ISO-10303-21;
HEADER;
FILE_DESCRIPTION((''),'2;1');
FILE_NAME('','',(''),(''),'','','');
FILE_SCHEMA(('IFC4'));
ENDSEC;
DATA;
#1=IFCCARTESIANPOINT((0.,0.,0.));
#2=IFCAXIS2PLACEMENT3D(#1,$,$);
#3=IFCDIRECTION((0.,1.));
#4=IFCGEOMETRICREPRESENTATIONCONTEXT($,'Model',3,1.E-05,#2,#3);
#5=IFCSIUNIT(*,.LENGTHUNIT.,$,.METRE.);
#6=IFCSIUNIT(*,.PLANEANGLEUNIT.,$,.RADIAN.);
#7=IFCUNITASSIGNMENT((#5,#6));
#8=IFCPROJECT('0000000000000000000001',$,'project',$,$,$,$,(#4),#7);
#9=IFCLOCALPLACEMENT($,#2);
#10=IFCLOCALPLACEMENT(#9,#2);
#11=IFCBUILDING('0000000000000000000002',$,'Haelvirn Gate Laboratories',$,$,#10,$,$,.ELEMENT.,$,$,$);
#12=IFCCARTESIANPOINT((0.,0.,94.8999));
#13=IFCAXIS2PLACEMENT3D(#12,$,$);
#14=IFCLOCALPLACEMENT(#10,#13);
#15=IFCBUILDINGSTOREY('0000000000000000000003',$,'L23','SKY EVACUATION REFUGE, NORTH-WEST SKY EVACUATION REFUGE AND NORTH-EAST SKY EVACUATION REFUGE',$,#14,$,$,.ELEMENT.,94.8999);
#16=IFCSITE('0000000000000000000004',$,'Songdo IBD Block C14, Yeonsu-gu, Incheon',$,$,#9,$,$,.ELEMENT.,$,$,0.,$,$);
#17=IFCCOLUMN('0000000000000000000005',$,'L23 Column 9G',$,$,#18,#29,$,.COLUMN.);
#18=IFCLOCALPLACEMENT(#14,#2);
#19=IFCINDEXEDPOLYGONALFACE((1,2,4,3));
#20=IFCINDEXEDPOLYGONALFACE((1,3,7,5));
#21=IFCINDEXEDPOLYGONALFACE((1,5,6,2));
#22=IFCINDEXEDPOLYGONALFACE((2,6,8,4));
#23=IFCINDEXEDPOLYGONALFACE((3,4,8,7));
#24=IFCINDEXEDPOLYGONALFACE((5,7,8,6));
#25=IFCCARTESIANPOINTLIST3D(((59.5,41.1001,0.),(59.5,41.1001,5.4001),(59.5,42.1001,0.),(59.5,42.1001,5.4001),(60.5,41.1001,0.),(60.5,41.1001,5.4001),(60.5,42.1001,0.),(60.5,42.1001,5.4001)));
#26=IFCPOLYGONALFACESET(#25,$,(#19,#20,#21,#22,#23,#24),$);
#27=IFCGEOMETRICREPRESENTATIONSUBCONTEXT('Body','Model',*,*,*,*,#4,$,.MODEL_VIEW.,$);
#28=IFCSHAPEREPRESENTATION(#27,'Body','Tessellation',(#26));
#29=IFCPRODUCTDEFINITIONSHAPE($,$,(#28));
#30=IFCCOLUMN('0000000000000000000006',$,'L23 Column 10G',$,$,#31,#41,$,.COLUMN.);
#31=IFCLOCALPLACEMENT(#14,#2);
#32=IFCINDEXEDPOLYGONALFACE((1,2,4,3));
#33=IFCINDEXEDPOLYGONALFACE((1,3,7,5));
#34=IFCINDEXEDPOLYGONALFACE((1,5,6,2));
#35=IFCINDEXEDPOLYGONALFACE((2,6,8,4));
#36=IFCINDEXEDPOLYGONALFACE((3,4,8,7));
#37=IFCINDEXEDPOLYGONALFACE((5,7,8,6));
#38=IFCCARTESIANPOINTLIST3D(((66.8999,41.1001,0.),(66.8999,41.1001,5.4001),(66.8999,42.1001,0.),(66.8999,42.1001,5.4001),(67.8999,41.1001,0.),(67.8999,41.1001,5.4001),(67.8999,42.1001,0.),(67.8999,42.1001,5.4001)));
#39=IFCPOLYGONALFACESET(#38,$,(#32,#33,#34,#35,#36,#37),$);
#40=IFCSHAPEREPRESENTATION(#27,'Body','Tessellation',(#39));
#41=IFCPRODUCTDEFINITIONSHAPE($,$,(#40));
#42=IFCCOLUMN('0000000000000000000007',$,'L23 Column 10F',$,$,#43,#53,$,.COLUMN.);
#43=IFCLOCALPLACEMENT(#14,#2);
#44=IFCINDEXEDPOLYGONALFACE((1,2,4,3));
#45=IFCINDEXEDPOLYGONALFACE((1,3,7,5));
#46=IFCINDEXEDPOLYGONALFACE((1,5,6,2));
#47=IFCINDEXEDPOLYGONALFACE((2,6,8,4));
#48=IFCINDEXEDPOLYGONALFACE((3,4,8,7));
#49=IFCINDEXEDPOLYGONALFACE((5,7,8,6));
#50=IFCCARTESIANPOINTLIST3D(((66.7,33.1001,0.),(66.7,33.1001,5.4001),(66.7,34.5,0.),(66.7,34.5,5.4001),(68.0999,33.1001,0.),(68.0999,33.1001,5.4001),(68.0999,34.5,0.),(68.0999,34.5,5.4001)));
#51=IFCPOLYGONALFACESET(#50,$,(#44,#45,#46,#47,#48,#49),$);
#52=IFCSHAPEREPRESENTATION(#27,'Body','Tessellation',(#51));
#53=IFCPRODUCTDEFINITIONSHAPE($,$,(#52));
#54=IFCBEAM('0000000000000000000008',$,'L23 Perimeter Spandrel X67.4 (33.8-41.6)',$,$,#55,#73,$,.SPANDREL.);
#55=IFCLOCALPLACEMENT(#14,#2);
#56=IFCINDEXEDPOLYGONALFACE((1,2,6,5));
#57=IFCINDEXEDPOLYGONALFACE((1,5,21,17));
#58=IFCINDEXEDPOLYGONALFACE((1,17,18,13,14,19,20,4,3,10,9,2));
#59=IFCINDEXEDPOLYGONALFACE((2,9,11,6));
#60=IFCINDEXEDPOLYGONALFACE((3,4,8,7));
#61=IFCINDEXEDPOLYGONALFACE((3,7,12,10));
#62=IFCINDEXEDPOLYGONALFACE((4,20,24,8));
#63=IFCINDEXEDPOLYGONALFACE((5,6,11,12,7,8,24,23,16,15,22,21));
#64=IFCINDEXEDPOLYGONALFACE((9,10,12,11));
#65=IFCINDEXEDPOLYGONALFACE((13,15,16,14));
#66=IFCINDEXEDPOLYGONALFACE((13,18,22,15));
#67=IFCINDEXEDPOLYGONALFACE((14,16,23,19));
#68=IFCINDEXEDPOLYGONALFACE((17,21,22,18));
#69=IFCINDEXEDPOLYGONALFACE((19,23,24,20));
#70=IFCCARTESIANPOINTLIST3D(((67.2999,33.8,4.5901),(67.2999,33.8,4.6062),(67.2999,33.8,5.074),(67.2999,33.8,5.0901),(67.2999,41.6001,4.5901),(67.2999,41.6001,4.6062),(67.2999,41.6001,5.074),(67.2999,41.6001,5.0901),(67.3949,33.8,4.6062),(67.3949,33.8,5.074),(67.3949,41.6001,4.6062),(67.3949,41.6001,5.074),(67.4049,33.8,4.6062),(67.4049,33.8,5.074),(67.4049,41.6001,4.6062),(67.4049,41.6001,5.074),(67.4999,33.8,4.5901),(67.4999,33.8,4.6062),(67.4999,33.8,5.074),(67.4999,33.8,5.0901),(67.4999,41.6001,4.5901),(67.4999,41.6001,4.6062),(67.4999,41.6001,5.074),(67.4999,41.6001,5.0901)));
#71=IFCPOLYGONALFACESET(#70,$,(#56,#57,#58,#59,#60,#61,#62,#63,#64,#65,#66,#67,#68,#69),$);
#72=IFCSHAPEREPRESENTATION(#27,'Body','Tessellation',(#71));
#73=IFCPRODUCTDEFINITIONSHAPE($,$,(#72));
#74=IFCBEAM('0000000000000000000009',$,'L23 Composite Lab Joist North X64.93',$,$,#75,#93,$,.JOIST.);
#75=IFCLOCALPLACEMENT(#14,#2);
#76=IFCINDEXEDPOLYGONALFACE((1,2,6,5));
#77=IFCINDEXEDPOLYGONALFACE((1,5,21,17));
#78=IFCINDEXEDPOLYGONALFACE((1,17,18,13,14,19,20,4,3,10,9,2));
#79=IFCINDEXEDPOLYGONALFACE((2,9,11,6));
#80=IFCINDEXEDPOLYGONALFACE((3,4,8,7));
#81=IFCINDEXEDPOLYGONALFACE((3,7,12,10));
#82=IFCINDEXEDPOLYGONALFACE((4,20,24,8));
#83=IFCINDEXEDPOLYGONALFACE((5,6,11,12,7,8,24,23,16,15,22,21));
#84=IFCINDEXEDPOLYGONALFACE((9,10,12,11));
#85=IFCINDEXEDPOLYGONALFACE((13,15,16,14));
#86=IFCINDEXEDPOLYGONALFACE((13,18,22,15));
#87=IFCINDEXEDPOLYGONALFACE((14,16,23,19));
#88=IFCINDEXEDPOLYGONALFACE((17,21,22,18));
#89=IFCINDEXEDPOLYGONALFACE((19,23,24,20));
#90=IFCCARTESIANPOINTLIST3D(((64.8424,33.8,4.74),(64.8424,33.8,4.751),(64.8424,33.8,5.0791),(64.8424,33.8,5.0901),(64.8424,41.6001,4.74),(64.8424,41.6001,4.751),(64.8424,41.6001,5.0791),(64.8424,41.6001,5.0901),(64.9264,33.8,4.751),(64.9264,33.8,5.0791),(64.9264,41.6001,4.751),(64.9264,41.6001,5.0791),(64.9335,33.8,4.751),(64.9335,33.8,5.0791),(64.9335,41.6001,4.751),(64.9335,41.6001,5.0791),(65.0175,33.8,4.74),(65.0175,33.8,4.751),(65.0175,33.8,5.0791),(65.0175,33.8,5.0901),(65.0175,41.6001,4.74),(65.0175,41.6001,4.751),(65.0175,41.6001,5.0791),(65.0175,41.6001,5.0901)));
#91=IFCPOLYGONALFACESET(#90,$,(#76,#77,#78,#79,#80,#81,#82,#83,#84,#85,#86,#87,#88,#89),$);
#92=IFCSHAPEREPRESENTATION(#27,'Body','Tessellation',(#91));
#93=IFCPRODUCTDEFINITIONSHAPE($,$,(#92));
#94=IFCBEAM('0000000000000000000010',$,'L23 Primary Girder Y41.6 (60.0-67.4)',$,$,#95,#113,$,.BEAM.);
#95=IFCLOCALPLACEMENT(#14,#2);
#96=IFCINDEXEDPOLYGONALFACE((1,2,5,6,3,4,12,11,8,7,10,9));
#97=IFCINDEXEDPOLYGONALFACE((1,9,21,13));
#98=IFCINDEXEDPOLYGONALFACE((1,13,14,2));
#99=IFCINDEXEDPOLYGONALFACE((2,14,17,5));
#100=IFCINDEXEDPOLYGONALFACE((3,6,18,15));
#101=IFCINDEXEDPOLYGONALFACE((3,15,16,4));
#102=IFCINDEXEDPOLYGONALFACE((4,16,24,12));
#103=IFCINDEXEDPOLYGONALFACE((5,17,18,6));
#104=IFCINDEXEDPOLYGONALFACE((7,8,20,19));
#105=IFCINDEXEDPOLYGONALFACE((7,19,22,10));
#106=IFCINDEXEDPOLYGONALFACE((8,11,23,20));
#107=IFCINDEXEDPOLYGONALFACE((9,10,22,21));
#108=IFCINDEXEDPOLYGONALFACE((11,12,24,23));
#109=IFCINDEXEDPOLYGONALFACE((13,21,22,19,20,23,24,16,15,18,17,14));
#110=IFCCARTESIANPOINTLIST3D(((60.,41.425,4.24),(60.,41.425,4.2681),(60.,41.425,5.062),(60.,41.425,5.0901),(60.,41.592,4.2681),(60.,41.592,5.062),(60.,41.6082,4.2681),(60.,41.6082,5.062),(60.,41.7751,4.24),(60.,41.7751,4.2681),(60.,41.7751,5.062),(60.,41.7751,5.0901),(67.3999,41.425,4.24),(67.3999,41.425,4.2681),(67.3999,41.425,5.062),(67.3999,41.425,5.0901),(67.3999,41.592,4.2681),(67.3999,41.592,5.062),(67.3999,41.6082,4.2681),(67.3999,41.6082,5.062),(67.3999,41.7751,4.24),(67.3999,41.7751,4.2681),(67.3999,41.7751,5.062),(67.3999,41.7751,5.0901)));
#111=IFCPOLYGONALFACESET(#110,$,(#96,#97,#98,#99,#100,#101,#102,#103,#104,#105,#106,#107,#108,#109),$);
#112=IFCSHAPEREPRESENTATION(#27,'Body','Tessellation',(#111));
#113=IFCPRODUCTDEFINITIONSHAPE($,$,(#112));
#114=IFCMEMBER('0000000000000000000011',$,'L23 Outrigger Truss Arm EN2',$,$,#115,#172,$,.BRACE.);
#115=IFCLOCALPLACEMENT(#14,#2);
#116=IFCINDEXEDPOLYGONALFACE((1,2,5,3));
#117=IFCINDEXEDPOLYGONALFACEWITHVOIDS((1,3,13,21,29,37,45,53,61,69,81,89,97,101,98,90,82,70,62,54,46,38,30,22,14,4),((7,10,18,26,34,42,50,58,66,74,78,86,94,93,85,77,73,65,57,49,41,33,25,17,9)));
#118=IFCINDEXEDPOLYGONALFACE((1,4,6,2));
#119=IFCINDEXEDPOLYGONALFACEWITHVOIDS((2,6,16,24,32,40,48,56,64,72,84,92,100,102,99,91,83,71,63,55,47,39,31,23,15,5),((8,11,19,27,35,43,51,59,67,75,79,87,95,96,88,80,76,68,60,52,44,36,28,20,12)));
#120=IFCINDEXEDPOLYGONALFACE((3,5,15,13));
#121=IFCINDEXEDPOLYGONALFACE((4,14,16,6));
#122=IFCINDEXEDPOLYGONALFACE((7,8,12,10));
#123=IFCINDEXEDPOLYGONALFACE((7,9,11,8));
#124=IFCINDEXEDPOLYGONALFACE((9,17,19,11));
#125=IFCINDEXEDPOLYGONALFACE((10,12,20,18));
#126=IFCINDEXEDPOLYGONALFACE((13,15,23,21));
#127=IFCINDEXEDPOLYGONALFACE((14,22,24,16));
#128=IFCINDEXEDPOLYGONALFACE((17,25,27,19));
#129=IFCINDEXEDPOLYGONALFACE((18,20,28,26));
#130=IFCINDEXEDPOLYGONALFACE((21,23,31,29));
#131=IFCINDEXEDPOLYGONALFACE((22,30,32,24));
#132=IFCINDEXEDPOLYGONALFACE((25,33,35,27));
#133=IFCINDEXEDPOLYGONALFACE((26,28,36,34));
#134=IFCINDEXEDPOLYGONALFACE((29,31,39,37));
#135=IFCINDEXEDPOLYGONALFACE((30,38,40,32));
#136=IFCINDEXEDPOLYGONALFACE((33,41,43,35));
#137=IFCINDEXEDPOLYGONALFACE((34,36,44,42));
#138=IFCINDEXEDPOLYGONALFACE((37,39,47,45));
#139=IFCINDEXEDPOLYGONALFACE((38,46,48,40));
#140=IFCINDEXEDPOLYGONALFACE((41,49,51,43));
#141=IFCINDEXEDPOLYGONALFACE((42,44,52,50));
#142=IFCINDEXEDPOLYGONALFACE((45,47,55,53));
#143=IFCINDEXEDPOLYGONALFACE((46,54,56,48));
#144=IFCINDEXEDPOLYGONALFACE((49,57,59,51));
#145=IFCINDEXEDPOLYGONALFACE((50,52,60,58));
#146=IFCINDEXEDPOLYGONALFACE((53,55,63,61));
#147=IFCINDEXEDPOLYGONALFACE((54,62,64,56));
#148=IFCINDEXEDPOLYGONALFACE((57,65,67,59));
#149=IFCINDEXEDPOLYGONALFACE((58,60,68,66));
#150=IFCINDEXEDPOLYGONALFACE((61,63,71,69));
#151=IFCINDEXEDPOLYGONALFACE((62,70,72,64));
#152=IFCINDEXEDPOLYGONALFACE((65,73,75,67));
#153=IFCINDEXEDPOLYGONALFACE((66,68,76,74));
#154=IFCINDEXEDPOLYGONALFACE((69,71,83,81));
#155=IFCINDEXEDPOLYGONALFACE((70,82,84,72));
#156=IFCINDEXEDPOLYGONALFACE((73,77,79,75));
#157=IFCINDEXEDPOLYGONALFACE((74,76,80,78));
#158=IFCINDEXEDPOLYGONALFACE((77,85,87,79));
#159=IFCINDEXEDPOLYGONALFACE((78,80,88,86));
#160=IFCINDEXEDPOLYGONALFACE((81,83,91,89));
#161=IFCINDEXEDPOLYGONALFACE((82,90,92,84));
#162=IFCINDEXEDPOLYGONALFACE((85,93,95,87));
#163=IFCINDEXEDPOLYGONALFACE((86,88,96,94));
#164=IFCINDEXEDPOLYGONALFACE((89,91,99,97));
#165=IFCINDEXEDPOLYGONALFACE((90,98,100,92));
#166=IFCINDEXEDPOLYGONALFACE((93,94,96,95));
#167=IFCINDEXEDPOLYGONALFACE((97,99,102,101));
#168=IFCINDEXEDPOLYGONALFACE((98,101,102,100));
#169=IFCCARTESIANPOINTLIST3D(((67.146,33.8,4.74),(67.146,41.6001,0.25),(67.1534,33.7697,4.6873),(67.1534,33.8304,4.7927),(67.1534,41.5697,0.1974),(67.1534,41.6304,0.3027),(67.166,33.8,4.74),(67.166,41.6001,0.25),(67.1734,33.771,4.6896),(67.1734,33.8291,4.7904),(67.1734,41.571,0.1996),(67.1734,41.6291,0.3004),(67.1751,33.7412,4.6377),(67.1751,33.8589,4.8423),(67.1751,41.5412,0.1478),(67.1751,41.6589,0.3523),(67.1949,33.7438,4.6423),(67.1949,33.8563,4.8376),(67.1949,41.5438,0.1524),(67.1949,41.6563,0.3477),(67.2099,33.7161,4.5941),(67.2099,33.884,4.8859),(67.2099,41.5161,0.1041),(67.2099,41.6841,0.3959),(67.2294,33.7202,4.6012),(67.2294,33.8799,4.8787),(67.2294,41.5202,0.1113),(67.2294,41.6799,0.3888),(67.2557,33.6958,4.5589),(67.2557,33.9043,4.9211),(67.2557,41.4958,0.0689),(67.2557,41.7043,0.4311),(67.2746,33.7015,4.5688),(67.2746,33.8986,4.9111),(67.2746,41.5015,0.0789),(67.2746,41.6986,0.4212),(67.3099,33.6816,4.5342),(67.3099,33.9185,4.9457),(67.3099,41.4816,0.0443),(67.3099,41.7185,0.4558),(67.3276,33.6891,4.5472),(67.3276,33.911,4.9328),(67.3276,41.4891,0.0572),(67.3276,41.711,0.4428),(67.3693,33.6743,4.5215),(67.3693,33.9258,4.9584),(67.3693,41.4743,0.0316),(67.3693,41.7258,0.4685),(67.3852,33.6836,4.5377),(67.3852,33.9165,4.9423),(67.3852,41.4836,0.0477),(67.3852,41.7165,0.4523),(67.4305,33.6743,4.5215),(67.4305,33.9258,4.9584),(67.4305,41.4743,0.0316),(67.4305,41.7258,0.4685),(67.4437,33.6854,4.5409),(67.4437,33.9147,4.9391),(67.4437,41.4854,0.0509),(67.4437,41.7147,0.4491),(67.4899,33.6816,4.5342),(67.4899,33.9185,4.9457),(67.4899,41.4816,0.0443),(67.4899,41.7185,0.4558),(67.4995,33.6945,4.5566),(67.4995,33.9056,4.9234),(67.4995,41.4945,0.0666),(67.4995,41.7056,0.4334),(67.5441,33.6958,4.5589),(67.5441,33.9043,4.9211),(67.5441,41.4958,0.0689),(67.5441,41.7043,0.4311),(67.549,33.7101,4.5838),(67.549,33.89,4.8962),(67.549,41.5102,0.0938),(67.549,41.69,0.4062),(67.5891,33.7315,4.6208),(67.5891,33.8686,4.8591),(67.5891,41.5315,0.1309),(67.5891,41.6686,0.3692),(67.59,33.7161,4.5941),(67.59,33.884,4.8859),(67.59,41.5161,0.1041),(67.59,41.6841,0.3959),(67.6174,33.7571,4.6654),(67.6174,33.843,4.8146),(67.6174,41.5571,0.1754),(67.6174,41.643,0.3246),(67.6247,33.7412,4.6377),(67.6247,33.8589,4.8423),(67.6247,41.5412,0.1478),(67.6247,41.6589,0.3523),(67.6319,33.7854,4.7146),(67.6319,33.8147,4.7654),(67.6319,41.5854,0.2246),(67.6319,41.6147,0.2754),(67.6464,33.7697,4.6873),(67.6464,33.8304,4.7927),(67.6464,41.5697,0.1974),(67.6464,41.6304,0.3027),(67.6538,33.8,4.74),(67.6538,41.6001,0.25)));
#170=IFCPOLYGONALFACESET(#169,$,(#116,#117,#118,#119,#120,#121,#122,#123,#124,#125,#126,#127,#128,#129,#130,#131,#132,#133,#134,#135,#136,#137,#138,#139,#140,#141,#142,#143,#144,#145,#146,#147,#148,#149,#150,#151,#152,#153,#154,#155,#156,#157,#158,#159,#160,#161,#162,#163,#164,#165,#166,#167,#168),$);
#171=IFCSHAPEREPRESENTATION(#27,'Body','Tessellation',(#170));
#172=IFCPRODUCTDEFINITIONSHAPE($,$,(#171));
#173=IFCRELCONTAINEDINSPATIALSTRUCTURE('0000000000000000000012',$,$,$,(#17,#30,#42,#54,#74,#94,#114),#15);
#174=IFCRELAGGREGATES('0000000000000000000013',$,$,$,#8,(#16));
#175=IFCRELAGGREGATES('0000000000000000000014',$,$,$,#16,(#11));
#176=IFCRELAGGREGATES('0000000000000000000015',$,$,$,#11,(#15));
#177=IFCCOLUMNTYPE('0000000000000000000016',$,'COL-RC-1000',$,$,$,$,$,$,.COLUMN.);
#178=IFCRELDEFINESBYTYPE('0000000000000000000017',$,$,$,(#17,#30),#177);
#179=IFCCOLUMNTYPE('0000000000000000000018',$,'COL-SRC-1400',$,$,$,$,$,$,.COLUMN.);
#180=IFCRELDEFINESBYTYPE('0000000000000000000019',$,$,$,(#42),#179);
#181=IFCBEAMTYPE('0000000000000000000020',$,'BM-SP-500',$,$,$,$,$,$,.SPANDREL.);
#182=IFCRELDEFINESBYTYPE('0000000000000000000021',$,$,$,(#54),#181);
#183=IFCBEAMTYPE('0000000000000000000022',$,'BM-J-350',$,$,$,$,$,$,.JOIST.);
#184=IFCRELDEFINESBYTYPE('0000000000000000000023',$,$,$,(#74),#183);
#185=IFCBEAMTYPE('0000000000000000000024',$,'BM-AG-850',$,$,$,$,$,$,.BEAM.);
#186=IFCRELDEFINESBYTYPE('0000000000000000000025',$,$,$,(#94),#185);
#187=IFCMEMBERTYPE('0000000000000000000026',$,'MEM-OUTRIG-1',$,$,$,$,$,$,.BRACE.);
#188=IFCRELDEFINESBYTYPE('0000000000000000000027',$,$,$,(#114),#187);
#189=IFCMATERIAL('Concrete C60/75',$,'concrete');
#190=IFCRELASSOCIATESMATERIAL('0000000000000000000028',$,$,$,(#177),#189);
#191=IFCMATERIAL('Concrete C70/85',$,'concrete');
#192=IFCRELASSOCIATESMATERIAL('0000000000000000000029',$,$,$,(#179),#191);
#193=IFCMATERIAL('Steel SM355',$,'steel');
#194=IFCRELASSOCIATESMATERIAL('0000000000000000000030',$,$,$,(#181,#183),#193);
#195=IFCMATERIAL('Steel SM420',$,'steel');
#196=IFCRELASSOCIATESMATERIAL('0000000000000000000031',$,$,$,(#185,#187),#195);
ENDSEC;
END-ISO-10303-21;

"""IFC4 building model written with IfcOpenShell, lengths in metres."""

from ifc_helpers import new_model, si_unit, direction, frame, origin, origin_2d, place, context, subcontext, project, spatial, rectangle, hollow_circle, i_section, extrude, source, transform, mapped, material, material_profile, profile_set, type_object, type_shapes, element, save


model = new_model("IFC4")

# Units and contexts
model_context = context("Model", 3, precision=1e-05, world=origin(), true_north=direction((0.0, 1.0)))
body_context = subcontext(model_context, "Body", "Model", "MODEL_VIEW")
ifc_project = project(units=[si_unit("LENGTHUNIT", "METRE"), si_unit("PLANEANGLEUNIT", "RADIAN")], contexts=[model_context])

# Site, building, storey
site_placement = place(None, origin())
site = spatial("IfcSite", under=ifc_project, at=site_placement, Name="Songdo IBD Block C14, Yeonsu-gu, Incheon", CompositionType="ELEMENT", RefElevation=0.0)
building_placement = place(site_placement, origin())
building = spatial("IfcBuilding", under=site, at=building_placement, Name="Haelvirn Gate Laboratories", CompositionType="ELEMENT")
storey_placement = place(building_placement, frame((0.0, 0.0, 94.8999)))
storey = spatial("IfcBuildingStorey", under=building, at=storey_placement, Name="L23", Description="SKY EVACUATION REFUGE, NORTH-WEST SKY EVACUATION REFUGE AND NORTH-EAST SKY EVACUATION REFUGE", CompositionType="ELEMENT", Elevation=94.8999)

# Columns
ifc_material_1 = material(Name="Concrete C60/75", Category="concrete")
ifc_material_profile_1 = material_profile(ifc_material_1, rectangle(XDim=1.0, YDim=1.0, at=origin_2d()), Name="RC-1000x1000")
ifc_profile_set_1 = profile_set([ifc_material_profile_1], Name="Concrete C60/75")
column_type_1 = type_object("IfcColumnType", Name="COL-RC-1000", PredefinedType="COLUMN", material=ifc_profile_set_1)
shared_shape_1 = source(origin(), body_context, "Body", "SweptSolid", [
    extrude(rectangle(XDim=1.0, YDim=1.0, at=origin_2d()), origin(), (0.0, 0.0, 1.0), 5.4001),
])
type_shapes(column_type_1, [shared_shape_1])
for number, where, z_axis, x_axis, name in (
    (1, (60.0, 41.6001, 0.0), (0.0, 0.0, 1.0), (1.0, 0.0, 0.0), "L23 Column 9G"),
    (2, (67.3999, 41.6001, 0.0), (0.0, 0.0, 1.0), (1.0, 0.0, 0.0), "L23 Column 10G"),
):
    element("IfcColumn", number, at=place(storey_placement, frame(where, z_axis=z_axis, x_axis=x_axis)), inside=storey, type_object=column_type_1, Name=name, PredefinedType="COLUMN", context=body_context, shape_type="MappedRepresentation", body=[
        mapped(shared_shape_1, transform((0.0, 0.0, 0.0), scale=1.0)),
    ])
ifc_material_2 = material(Name="Concrete C70/85", Category="concrete")
ifc_material_profile_2 = material_profile(ifc_material_2, rectangle(XDim=1.3999, YDim=1.3999, at=origin_2d()), Name="SRC-1400x1400")
ifc_profile_set_2 = profile_set([ifc_material_profile_2], Name="Concrete C70/85")
column_type_2 = type_object("IfcColumnType", Name="COL-SRC-1400", PredefinedType="COLUMN", material=ifc_profile_set_2)
shared_shape_2 = source(origin(), body_context, "Body", "SweptSolid", [
    extrude(rectangle(XDim=1.3999, YDim=1.3999, at=origin_2d()), origin(), (0.0, 0.0, 1.0), 5.4001),
])
type_shapes(column_type_2, [shared_shape_2])
column_placement = place(storey_placement, frame((67.3999, 33.8, 0.0), z_axis=(0.0, 0.0, 1.0), x_axis=(1.0, 0.0, 0.0)))
element("IfcColumn", 3, at=column_placement, inside=storey, type_object=column_type_2, Name="L23 Column 10F", PredefinedType="COLUMN", context=body_context, shape_type="MappedRepresentation", body=[
    mapped(shared_shape_2, transform((0.0, 0.0, 0.0), scale=1.0)),
])

# Beams
ifc_material_3 = material(Name="Steel SM355", Category="steel")
ifc_material_profile_3 = material_profile(ifc_material_3, i_section(OverallWidth=0.2, OverallDepth=0.5, WebThickness=0.01, FlangeThickness=0.0161, at=origin_2d()), Name="H-500x200x10x16")
ifc_profile_set_3 = profile_set([ifc_material_profile_3], Name="Steel SM355")
beam_type_1 = type_object("IfcBeamType", Name="BM-SP-500", PredefinedType="SPANDREL", material=ifc_profile_set_3)
shared_shape_3 = source(origin(), body_context, "Body", "SweptSolid", [
    extrude(i_section(OverallWidth=0.2, OverallDepth=0.5, WebThickness=0.01, FlangeThickness=0.0161, at=origin_2d()), origin(), (0.0, 0.0, 1.0), 7.8),
])
type_shapes(beam_type_1, [shared_shape_3])
beam_1_placement = place(storey_placement, frame((67.3999, 33.8, 4.8401), z_axis=(0.0, 1.0, 0.0), x_axis=(-1.0, 0.0, 0.0)))
element("IfcBeam", 4, at=beam_1_placement, inside=storey, type_object=beam_type_1, Name="L23 Perimeter Spandrel X67.4 (33.8-41.6)", PredefinedType="SPANDREL", context=body_context, shape_type="MappedRepresentation", body=[
    mapped(shared_shape_3, transform((0.0, 0.0, 0.0), scale=1.0)),
])
ifc_material_profile_4 = material_profile(ifc_material_3, i_section(OverallWidth=0.175, OverallDepth=0.3501, WebThickness=0.0071, FlangeThickness=0.011, at=origin_2d()), Name="H-350x175x7x11")
ifc_profile_set_4 = profile_set([ifc_material_profile_4], Name="Steel SM355")
beam_type_2 = type_object("IfcBeamType", Name="BM-J-350", PredefinedType="JOIST", material=ifc_profile_set_4)
shared_shape_4 = source(origin(), body_context, "Body", "SweptSolid", [
    extrude(i_section(OverallWidth=0.175, OverallDepth=0.3501, WebThickness=0.0071, FlangeThickness=0.011, at=origin_2d()), origin(), (0.0, 0.0, 1.0), 7.8),
])
type_shapes(beam_type_2, [shared_shape_4])
beam_2_placement = place(storey_placement, frame((64.9299, 33.8, 4.915), z_axis=(0.0, 1.0, 0.0), x_axis=(-1.0, 0.0, 0.0)))
element("IfcBeam", 5, at=beam_2_placement, inside=storey, type_object=beam_type_2, Name="L23 Composite Lab Joist North X64.93", PredefinedType="JOIST", context=body_context, shape_type="MappedRepresentation", body=[
    mapped(shared_shape_4, transform((0.0, 0.0, 0.0), scale=1.0)),
])
ifc_material_4 = material(Name="Steel SM420", Category="steel")
ifc_material_profile_5 = material_profile(ifc_material_4, i_section(OverallWidth=0.3501, OverallDepth=0.8501, WebThickness=0.0161, FlangeThickness=0.0281, at=origin_2d()), Name="H-850x350x16x28")
ifc_profile_set_5 = profile_set([ifc_material_profile_5], Name="Steel SM420")
beam_type_3 = type_object("IfcBeamType", Name="BM-AG-850", PredefinedType="BEAM", material=ifc_profile_set_5)
shared_shape_5 = source(origin(), body_context, "Body", "SweptSolid", [
    extrude(i_section(OverallWidth=0.3501, OverallDepth=0.8501, WebThickness=0.0161, FlangeThickness=0.0281, at=origin_2d()), origin(), (0.0, 0.0, 1.0), 7.3999),
])
type_shapes(beam_type_3, [shared_shape_5])
beam_3_placement = place(storey_placement, frame((60.0, 41.6001, 4.665), z_axis=(1.0, 0.0, 0.0), x_axis=(0.0, 1.0, 0.0)))
element("IfcBeam", 6, at=beam_3_placement, inside=storey, type_object=beam_type_3, Name="L23 Primary Girder Y41.6 (60.0-67.4)", PredefinedType="BEAM", context=body_context, shape_type="MappedRepresentation", body=[
    mapped(shared_shape_5, transform((0.0, 0.0, 0.0), scale=1.0)),
])

# Member
ifc_material_profile_6 = material_profile(ifc_material_4, hollow_circle(Radius=0.2539, WallThickness=0.02, at=origin_2d()), Name="CHS-508x20")
ifc_profile_set_6 = profile_set([ifc_material_profile_6], Name="Steel SM420")
member_type_1 = type_object("IfcMemberType", Name="MEM-OUTRIG-1", PredefinedType="BRACE", material=ifc_profile_set_6)
shared_shape_6 = source(origin(), body_context, "Body", "SweptSolid", [
    extrude(hollow_circle(Radius=0.2539, WallThickness=0.02, at=origin_2d()), origin(), (0.0, 0.0, 1.0), 9.0),
])
type_shapes(member_type_1, [shared_shape_6])
member_1_placement = place(storey_placement, frame((67.3999, 33.8, 4.74), z_axis=(0.0, 0.866668, -0.498885), x_axis=(-1.0, 0.0, 0.0)))
element("IfcMember", 7, at=member_1_placement, inside=storey, type_object=member_type_1, Name="L23 Outrigger Truss Arm EN2", PredefinedType="BRACE", context=body_context, shape_type="MappedRepresentation", body=[
    mapped(shared_shape_6, transform((0.0, 0.0, 0.0), scale=1.0)),
])

save(model, "model.ifc")
